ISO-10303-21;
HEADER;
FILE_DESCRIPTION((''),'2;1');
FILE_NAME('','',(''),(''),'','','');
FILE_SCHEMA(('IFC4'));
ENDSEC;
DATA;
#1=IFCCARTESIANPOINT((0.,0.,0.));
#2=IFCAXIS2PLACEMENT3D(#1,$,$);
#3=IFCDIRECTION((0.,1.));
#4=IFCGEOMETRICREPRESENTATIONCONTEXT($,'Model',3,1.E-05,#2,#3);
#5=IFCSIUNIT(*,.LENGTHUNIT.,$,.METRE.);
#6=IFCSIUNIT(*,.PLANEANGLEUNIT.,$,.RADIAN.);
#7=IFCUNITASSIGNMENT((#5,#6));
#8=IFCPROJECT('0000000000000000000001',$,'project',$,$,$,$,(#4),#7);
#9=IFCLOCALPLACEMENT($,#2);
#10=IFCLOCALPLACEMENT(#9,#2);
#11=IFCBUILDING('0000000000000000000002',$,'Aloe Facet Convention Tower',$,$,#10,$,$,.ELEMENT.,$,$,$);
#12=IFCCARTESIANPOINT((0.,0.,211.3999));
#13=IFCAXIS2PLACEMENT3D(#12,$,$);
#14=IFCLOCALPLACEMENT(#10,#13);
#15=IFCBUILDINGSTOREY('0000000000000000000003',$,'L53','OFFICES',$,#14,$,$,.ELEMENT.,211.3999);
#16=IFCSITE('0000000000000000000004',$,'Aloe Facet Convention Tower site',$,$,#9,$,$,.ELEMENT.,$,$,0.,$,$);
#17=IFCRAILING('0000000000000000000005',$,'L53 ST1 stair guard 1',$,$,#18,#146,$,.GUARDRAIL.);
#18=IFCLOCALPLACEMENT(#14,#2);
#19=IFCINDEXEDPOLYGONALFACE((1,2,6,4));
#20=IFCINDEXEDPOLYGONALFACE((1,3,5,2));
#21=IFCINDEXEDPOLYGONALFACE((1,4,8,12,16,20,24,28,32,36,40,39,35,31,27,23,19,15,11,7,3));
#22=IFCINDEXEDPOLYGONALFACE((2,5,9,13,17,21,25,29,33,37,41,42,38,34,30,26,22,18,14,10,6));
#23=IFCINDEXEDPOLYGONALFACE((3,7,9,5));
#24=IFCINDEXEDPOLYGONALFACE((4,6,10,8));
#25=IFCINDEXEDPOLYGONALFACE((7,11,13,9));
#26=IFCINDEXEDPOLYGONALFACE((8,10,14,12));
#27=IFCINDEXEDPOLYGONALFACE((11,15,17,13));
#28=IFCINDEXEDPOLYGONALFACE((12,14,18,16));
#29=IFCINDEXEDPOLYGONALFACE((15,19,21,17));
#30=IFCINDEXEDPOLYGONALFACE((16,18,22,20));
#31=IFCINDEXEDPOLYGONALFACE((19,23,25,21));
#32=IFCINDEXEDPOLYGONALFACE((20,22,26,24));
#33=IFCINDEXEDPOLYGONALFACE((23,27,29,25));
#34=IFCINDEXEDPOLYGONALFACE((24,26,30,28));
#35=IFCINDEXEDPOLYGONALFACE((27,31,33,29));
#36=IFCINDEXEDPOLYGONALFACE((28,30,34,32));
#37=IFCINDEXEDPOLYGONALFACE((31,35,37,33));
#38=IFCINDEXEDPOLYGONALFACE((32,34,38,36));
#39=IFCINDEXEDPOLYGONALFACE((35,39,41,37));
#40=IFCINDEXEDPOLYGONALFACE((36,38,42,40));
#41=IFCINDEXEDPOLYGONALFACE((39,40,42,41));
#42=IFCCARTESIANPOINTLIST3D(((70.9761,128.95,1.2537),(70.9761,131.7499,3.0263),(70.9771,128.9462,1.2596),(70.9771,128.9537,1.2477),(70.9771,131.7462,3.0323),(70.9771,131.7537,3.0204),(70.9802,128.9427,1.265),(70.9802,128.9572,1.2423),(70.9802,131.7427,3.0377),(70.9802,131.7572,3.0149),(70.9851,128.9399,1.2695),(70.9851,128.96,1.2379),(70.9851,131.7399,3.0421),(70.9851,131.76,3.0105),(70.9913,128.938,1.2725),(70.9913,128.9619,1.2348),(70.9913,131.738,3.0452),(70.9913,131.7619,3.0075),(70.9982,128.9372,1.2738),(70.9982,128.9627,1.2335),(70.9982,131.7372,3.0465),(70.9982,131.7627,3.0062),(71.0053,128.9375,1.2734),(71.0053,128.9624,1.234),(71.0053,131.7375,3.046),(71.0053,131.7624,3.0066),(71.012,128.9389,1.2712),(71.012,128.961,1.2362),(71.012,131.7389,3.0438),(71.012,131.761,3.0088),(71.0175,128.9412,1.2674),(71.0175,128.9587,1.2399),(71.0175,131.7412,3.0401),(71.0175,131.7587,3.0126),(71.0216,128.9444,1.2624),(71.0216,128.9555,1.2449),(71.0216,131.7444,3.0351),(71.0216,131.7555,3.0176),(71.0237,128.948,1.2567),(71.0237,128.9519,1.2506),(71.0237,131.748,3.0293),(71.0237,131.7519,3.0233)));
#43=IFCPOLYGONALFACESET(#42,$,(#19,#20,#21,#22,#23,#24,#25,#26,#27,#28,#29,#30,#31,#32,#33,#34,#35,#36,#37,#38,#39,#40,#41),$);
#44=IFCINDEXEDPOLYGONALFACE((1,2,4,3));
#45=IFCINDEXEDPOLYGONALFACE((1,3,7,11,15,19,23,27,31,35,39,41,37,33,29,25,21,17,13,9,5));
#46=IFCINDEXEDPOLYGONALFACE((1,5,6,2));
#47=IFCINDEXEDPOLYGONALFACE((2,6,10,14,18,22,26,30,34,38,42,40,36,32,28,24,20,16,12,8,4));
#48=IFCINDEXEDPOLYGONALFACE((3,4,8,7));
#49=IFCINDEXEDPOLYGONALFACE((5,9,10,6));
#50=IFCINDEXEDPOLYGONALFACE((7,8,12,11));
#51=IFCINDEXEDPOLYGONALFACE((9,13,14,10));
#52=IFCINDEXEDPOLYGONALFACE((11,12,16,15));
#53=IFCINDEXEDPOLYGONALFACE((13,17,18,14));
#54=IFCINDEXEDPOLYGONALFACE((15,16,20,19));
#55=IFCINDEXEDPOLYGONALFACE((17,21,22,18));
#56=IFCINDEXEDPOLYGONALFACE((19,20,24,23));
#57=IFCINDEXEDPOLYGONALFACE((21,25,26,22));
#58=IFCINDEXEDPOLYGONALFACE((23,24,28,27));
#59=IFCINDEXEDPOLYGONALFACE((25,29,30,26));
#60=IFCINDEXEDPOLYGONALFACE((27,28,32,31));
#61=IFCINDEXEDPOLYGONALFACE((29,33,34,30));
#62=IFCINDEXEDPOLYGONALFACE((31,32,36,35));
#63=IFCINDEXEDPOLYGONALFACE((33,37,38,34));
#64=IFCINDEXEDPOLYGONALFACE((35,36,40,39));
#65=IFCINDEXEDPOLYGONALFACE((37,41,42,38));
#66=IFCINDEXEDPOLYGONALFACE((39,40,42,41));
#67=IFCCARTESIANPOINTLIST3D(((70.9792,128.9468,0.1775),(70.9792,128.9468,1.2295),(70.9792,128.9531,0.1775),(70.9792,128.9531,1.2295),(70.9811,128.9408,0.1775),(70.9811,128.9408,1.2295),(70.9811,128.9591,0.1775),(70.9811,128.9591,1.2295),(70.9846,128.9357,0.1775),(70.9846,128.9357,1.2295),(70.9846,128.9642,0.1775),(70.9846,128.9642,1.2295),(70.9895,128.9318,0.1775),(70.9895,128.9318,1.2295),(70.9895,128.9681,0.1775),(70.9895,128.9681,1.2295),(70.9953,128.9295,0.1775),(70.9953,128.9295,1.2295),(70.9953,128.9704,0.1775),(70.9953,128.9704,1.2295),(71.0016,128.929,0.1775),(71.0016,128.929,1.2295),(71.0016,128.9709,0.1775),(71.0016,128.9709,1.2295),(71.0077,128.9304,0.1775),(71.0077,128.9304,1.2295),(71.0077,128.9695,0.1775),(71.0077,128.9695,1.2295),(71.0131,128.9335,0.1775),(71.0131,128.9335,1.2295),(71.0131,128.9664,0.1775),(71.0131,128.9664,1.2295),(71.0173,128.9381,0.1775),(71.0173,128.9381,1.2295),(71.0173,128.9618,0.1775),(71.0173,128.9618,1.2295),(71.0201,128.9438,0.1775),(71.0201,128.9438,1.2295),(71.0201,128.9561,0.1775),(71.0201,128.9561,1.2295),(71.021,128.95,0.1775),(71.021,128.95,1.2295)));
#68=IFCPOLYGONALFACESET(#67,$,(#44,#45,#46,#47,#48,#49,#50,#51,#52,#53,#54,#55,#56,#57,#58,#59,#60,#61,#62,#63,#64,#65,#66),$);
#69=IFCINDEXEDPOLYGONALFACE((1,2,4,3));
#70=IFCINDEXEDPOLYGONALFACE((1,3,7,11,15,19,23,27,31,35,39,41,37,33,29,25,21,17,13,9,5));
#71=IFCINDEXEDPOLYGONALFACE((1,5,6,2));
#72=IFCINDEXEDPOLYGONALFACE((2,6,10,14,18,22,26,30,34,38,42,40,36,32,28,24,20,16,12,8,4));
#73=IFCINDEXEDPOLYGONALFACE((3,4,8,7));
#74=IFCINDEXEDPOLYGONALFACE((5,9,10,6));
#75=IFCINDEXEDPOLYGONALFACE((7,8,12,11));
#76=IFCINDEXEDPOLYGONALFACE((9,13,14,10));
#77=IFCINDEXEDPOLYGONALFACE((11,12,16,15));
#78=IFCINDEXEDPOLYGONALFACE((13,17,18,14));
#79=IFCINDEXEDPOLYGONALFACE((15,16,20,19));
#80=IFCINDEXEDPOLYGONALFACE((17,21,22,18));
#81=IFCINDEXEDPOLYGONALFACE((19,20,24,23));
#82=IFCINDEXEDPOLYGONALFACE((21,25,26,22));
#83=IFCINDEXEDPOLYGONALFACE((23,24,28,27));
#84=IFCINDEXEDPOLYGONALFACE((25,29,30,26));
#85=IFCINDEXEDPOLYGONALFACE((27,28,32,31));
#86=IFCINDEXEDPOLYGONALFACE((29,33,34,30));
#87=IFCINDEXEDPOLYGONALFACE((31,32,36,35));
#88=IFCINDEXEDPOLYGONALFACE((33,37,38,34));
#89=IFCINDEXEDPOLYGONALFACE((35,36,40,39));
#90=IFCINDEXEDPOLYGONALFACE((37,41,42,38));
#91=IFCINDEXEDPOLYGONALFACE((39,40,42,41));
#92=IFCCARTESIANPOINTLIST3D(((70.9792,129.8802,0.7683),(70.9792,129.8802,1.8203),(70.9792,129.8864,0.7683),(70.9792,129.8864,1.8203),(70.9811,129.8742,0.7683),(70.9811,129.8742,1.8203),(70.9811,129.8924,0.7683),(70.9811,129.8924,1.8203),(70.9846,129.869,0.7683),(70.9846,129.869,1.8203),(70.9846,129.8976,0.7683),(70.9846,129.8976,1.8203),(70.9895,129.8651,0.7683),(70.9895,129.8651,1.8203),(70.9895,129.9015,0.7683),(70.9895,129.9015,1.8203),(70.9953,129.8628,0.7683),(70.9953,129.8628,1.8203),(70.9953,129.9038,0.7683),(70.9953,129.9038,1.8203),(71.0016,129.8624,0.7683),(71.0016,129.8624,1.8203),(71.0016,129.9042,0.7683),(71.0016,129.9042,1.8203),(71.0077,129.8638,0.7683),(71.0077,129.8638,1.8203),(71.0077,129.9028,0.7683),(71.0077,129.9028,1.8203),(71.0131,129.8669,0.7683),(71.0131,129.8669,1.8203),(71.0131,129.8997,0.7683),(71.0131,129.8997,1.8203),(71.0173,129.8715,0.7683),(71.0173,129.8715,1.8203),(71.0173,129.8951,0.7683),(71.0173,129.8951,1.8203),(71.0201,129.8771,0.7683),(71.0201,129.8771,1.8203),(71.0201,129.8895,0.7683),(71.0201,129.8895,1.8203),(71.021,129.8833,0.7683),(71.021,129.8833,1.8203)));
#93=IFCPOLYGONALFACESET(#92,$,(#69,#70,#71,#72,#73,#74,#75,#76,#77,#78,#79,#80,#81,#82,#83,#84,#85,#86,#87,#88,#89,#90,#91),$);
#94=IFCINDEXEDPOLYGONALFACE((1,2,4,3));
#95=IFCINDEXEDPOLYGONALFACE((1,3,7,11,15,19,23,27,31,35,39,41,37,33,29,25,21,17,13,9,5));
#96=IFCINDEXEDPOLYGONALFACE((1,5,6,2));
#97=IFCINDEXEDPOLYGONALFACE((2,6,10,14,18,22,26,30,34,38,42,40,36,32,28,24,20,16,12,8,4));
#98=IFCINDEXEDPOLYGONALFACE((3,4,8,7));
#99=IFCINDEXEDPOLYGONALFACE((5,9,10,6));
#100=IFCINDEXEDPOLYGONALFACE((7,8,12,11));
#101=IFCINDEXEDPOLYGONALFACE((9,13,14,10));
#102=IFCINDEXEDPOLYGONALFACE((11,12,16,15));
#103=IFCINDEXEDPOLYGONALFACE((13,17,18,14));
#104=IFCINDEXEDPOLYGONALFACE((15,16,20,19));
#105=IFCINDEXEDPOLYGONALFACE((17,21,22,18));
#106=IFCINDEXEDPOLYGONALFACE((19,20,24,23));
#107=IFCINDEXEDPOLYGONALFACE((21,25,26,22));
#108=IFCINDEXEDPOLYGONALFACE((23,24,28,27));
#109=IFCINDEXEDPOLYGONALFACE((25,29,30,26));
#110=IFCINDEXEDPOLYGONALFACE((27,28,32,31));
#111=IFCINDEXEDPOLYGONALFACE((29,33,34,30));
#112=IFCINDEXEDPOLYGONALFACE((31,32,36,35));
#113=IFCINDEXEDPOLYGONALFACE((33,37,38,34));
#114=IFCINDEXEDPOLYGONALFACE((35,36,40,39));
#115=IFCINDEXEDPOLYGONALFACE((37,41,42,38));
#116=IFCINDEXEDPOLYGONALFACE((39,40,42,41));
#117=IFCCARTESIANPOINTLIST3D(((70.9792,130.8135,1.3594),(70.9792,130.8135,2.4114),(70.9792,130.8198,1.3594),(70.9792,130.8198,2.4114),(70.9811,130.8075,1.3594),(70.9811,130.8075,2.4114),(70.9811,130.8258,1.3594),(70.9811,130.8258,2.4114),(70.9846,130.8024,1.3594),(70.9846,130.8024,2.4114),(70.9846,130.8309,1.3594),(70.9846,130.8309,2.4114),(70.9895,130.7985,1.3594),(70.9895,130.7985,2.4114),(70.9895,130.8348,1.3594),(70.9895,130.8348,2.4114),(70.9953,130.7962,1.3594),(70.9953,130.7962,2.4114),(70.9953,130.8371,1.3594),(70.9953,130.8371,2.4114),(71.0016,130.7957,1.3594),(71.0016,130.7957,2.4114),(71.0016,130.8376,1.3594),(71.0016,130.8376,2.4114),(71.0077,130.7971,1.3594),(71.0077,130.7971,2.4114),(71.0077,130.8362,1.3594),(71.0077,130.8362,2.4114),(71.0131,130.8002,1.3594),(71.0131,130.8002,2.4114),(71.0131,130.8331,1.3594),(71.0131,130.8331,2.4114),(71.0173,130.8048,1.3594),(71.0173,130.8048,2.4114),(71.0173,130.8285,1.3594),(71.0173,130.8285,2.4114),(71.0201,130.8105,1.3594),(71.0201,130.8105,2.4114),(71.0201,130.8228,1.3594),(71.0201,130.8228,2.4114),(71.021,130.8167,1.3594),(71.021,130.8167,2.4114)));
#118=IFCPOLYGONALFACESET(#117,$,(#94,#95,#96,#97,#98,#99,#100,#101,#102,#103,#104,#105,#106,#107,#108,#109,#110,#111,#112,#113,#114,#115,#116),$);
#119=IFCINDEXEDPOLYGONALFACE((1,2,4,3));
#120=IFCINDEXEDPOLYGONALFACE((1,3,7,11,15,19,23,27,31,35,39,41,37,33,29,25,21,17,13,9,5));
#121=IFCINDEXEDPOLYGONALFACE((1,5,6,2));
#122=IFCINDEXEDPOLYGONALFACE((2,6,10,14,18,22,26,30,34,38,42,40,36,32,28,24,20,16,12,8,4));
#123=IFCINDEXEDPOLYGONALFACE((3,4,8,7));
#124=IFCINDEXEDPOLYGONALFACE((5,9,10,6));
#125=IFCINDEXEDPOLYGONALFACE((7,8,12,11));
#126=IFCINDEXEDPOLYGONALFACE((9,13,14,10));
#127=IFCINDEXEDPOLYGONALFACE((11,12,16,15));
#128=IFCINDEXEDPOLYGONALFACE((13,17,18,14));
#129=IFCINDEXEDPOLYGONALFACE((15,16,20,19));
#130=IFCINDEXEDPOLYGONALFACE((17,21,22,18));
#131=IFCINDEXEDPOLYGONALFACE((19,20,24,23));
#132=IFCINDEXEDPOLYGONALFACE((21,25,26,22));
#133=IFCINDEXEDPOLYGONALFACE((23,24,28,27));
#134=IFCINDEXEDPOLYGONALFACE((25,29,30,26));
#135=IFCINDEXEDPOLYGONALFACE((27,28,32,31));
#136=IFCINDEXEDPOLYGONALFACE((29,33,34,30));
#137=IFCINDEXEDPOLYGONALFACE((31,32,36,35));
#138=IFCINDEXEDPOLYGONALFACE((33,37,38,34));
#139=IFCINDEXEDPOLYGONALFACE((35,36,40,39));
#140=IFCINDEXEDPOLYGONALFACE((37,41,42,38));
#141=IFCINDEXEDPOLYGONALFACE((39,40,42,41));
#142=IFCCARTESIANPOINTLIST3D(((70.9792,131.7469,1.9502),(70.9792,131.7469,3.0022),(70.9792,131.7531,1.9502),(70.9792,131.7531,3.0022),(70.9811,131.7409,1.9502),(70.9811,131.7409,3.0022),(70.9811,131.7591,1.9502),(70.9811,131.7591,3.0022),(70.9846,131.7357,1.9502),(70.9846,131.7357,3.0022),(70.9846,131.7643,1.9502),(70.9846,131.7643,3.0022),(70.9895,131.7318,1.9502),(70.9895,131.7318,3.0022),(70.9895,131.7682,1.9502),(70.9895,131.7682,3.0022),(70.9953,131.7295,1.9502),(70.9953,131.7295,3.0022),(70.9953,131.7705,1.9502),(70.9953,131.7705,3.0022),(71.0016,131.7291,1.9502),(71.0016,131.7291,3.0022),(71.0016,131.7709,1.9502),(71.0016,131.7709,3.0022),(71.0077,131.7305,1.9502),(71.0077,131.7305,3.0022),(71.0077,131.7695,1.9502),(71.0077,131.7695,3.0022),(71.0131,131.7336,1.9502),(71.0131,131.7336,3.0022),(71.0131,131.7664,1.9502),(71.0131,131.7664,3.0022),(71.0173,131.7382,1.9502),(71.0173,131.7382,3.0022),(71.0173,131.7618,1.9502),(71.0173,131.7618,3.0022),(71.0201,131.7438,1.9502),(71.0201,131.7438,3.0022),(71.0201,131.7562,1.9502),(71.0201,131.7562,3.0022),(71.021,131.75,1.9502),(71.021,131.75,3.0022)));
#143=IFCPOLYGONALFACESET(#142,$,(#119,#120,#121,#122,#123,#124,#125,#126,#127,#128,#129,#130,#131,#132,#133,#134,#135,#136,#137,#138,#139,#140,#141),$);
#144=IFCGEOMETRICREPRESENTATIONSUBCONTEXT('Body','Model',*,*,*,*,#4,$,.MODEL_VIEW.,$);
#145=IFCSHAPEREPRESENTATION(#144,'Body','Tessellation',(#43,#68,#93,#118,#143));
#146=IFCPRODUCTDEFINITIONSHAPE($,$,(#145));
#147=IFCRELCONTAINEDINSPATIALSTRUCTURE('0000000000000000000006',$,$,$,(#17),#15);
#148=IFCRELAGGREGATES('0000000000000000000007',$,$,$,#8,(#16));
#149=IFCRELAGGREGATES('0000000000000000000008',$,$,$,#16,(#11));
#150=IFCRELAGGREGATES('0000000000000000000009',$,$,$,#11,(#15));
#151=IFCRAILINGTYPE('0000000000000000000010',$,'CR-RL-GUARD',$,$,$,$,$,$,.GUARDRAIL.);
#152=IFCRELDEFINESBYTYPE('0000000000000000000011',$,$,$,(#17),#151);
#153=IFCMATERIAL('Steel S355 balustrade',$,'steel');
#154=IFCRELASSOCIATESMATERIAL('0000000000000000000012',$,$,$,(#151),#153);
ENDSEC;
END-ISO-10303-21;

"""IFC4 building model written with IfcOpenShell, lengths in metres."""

from ifc_helpers import new_model, si_unit, direction, frame, origin, origin_2d, place, context, subcontext, project, spatial, circle, extrude, material, type_object, element, save


model = new_model("IFC4")

# Units and contexts
model_context = context("Model", 3, precision=1e-05, world=origin(), true_north=direction((0.0, 1.0)))
body_context = subcontext(model_context, "Body", "Model", "MODEL_VIEW")
ifc_project = project(units=[si_unit("LENGTHUNIT", "METRE"), si_unit("PLANEANGLEUNIT", "RADIAN")], contexts=[model_context])

# Site, building, storey
site_placement = place(None, origin())
site = spatial("IfcSite", under=ifc_project, at=site_placement, Name="Aloe Facet Convention Tower site", CompositionType="ELEMENT", RefElevation=0.0)
building_placement = place(site_placement, origin())
building = spatial("IfcBuilding", under=site, at=building_placement, Name="Aloe Facet Convention Tower", CompositionType="ELEMENT")
storey_placement = place(building_placement, frame((0.0, 0.0, 211.3999)))
storey = spatial("IfcBuildingStorey", under=building, at=storey_placement, Name="L53", Description="OFFICES", CompositionType="ELEMENT", Elevation=211.3999)

# Railing
ifc_material_1 = material(Name="Steel S355 balustrade", Category="steel")
railing_type_1 = type_object("IfcRailingType", Name="CR-RL-GUARD", PredefinedType="GUARDRAIL", material=ifc_material_1)
railing_1_placement = place(storey_placement, frame((71.0, 128.95, 0.1775)))
element("IfcRailing", 1, at=railing_1_placement, inside=storey, type_object=railing_type_1, Name="L53 ST1 stair guard 1", PredefinedType="GUARDRAIL", context=body_context, shape_type="SweptSolid", body=[
    extrude(circle(Radius=0.0239, at=origin_2d()), frame((0.0, 0.0, 1.0762), z_axis=(0.0, 0.844909, 0.53491), x_axis=(-1.0, 0.0, 0.0)), (0.0, 0.0, 1.0), 3.314),
    extrude(circle(Radius=0.021, at=origin_2d()), origin(), (0.0, 0.0, 1.0), 1.052),
    extrude(circle(Radius=0.021, at=origin_2d()), frame((0.0, 0.9333, 0.5908)), (0.0, 0.0, 1.0), 1.052),
    extrude(circle(Radius=0.021, at=origin_2d()), frame((0.0, 1.8667, 1.1819)), (0.0, 0.0, 1.0), 1.052),
    extrude(circle(Radius=0.021, at=origin_2d()), frame((0.0, 2.8, 1.7727)), (0.0, 0.0, 1.0), 1.052),
])

save(model, "model.ifc")
